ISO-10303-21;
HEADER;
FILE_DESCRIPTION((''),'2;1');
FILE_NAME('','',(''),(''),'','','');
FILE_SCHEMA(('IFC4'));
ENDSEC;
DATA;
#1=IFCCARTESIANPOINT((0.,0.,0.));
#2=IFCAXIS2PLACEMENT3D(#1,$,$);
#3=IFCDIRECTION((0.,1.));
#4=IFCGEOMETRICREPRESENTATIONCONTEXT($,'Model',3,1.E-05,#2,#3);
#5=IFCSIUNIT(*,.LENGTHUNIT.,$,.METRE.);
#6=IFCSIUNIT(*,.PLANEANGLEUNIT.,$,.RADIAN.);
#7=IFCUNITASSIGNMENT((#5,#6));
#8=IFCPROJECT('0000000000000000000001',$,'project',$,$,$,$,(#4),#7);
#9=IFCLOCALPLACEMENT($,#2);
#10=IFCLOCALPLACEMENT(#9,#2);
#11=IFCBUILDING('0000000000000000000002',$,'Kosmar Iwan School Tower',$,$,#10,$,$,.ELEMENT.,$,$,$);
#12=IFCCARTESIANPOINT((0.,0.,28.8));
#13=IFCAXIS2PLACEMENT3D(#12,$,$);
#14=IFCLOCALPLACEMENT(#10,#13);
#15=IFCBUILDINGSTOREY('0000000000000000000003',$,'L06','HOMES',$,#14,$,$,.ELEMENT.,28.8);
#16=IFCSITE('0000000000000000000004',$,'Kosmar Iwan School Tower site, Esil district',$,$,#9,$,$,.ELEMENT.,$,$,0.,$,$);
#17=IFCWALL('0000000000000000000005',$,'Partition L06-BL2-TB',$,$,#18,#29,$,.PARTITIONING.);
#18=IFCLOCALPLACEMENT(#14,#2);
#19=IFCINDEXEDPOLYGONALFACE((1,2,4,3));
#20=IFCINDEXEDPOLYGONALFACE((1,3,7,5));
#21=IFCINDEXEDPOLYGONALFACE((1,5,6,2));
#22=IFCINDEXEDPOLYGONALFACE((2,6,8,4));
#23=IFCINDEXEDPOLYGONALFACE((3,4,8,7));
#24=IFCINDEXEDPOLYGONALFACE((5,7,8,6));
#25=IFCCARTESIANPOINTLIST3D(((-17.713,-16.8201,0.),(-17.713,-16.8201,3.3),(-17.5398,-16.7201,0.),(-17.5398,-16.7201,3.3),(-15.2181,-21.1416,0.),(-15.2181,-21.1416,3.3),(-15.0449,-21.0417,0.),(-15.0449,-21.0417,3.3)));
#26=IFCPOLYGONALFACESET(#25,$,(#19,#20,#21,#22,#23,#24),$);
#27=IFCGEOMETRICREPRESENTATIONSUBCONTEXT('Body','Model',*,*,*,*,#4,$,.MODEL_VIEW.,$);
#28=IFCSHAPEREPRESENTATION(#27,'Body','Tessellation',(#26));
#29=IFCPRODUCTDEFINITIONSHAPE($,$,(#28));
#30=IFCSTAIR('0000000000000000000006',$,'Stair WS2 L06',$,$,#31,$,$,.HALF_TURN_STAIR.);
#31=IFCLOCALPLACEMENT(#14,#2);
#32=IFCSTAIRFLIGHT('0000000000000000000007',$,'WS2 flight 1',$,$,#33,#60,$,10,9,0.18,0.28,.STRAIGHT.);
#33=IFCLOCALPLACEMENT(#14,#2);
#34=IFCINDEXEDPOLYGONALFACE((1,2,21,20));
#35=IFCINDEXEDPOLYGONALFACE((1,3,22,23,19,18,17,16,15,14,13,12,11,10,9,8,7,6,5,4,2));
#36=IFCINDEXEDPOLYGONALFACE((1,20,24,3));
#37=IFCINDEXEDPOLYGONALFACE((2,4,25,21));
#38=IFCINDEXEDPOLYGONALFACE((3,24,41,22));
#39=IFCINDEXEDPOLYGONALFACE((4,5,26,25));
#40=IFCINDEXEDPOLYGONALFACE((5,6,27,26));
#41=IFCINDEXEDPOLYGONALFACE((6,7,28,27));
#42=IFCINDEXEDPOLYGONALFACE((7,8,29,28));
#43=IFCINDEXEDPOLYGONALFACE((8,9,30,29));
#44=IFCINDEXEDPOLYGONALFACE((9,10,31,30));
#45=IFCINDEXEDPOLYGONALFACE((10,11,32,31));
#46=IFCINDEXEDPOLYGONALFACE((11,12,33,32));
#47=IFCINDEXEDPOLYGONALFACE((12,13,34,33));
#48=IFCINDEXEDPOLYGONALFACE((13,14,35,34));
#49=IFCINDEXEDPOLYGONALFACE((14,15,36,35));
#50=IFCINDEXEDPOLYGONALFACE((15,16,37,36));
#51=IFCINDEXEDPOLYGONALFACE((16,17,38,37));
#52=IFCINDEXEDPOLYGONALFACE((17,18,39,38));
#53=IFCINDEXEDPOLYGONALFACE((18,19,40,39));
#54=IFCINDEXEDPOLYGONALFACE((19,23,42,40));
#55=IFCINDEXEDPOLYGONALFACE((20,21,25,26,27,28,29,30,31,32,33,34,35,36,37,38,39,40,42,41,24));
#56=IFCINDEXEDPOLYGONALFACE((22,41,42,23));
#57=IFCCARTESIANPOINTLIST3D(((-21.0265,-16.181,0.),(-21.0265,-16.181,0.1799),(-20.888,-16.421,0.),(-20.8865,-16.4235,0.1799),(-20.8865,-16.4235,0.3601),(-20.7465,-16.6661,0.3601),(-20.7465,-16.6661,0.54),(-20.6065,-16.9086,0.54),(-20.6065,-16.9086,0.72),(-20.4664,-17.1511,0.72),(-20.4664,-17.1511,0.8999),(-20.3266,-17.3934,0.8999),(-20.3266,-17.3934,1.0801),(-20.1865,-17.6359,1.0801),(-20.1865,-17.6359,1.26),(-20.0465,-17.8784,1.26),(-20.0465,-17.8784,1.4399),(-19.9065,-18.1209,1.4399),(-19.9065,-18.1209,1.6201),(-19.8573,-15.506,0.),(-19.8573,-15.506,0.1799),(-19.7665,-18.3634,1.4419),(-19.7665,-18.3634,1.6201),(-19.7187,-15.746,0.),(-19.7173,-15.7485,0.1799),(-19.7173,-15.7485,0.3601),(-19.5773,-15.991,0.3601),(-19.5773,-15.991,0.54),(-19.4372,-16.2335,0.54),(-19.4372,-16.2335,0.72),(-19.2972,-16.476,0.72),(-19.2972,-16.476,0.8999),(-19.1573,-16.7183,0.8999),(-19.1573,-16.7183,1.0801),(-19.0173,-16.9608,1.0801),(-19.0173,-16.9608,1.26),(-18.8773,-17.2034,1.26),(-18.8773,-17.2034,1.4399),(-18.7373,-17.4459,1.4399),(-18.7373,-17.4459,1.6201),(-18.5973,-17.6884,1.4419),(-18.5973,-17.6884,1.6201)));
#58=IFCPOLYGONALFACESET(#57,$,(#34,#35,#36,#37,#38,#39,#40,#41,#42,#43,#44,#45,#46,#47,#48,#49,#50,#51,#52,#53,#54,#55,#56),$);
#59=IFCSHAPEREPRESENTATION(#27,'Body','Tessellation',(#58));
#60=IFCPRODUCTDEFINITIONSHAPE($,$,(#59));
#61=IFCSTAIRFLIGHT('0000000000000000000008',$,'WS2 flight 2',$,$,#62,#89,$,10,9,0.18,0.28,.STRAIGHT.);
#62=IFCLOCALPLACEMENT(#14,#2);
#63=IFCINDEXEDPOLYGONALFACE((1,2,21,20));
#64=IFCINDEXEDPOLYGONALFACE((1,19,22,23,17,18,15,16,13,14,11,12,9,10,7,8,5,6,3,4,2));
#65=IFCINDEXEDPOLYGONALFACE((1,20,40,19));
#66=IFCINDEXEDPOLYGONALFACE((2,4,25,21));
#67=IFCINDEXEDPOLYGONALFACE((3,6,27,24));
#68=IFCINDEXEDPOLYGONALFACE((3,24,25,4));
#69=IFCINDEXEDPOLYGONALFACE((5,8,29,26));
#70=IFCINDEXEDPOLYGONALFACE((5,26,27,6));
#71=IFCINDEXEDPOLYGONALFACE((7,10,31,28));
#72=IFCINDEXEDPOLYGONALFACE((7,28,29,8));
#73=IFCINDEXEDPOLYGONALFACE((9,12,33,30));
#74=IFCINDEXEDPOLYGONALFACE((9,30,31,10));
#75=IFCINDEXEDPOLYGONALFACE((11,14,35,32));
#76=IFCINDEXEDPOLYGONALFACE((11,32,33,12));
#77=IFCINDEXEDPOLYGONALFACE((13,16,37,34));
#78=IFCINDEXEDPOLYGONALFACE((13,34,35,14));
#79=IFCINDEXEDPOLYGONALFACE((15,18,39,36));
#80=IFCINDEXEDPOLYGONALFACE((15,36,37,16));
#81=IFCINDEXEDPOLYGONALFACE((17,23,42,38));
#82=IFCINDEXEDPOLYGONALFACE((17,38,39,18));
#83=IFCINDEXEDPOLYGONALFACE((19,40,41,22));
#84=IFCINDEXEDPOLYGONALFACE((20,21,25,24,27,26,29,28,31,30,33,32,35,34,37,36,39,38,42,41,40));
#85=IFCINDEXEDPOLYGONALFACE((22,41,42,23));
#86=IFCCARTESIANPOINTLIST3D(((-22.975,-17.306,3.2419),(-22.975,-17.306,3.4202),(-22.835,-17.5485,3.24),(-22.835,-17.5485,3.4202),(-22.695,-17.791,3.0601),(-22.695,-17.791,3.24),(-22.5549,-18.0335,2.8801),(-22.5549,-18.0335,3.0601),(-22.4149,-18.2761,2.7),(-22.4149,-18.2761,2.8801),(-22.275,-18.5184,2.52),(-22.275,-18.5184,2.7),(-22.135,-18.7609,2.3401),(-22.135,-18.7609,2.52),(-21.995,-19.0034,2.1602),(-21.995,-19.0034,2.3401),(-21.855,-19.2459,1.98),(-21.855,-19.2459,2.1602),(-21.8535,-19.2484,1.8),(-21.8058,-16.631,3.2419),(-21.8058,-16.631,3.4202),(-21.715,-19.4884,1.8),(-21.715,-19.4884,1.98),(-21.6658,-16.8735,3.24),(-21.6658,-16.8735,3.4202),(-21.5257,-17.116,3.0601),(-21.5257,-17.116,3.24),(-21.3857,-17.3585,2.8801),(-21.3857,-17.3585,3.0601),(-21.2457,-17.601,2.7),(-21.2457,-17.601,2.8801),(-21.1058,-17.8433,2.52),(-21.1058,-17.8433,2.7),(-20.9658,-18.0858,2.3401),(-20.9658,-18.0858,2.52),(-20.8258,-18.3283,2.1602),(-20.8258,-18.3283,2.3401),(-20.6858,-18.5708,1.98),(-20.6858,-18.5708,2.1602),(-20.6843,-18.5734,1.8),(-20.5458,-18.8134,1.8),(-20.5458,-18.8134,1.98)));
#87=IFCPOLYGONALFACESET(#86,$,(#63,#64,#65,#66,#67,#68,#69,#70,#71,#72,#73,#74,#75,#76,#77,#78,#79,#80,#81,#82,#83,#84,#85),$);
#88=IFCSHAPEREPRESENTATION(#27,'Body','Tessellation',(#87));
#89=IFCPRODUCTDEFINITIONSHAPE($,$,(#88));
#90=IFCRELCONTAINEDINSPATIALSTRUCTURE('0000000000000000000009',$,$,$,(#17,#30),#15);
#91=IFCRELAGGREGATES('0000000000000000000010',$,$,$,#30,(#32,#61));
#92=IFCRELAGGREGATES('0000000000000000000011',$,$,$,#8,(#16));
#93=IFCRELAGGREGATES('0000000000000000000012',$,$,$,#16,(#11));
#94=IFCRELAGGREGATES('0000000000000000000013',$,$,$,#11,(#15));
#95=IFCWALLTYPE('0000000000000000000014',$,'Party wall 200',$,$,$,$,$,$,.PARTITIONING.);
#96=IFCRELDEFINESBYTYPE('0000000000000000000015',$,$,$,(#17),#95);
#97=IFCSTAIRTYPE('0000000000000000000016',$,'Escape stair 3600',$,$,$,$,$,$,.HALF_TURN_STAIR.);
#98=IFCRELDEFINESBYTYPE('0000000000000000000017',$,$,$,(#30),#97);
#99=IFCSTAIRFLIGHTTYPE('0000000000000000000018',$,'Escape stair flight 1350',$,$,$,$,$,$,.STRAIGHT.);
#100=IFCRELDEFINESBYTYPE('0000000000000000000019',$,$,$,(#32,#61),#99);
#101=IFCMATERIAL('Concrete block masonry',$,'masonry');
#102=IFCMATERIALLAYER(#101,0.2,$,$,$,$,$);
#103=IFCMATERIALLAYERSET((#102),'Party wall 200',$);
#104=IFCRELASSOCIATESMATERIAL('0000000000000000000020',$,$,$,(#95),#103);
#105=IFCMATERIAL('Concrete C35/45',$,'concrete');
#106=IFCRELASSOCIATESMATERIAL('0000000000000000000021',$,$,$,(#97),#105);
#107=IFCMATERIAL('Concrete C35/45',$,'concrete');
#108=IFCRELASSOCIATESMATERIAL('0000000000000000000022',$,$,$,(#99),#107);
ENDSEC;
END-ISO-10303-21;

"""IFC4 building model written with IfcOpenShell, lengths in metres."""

from ifc_helpers import new_model, si_unit, direction, frame, frame_2d, origin, place, context, subcontext, project, spatial, polyline, rectangle, outline, extrude, material, layer, layer_set, type_object, element, aggregate, save


model = new_model("IFC4")

# Units and contexts
model_context = context("Model", 3, precision=1e-05, world=origin(), true_north=direction((0.0, 1.0)))
body_context = subcontext(model_context, "Body", "Model", "MODEL_VIEW")
ifc_project = project(units=[si_unit("LENGTHUNIT", "METRE"), si_unit("PLANEANGLEUNIT", "RADIAN")], contexts=[model_context])

# Site, building, storey
site_placement = place(None, origin())
site = spatial("IfcSite", under=ifc_project, at=site_placement, Name="Kosmar Iwan School Tower site, Esil district", CompositionType="ELEMENT", RefElevation=0.0)
building_placement = place(site_placement, origin())
building = spatial("IfcBuilding", under=site, at=building_placement, Name="Kosmar Iwan School Tower", CompositionType="ELEMENT")
storey_placement = place(building_placement, frame((0.0, 0.0, 28.8)))
storey = spatial("IfcBuildingStorey", under=building, at=storey_placement, Name="L06", Description="HOMES", CompositionType="ELEMENT", Elevation=28.8)

# Wall
ifc_material_1 = material(Name="Concrete block masonry", Category="masonry")
ifc_layer_1 = layer(ifc_material_1, 0.2)
ifc_layer_set_1 = layer_set([ifc_layer_1], Name="Party wall 200")
wall_type_1 = type_object("IfcWallType", Name="Party wall 200", PredefinedType="PARTITIONING", material=ifc_layer_set_1)
wall_1_placement = place(storey_placement, frame((-17.6265, -16.77, 0.0), z_axis=(0.0, 0.0, 1.0), x_axis=(0.499975, -0.86604, 0.0)))
element("IfcWall", 1, at=wall_1_placement, inside=storey, type_object=wall_type_1, Name="Partition L06-BL2-TB", PredefinedType="PARTITIONING", context=body_context, shape_type="SweptSolid", body=[
    extrude(rectangle(XDim=4.99, YDim=0.2, at=frame_2d((2.4951, 0.0))), origin(), (0.0, 0.0, 1.0), 3.3),
])

# Stair, stair flights
ifc_material_2 = material(Name="Concrete C35/45", Category="concrete")
stair_type = type_object("IfcStairType", Name="Escape stair 3600", PredefinedType="HALF_TURN_STAIR", material=ifc_material_2)
stair_placement = place(storey_placement, origin())
stair = element("IfcStair", 2, at=stair_placement, inside=storey, type_object=stair_type, Name="Stair WS2 L06", PredefinedType="HALF_TURN_STAIR")
ifc_material_3 = material(Name="Concrete C35/45", Category="concrete")
stair_flight_type = type_object("IfcStairFlightType", Name="Escape stair flight 1350", PredefinedType="STRAIGHT", material=ifc_material_3)
stair_flight_1_placement = place(storey_placement, frame((-20.4419, -15.8435, 0.0), z_axis=(0.0, 0.0, 1.0), x_axis=(0.5, -0.866025, 0.0)))
stair_flight_1 = element("IfcStairFlight", 3, at=stair_flight_1_placement, type_object=stair_flight_type, Name="WS2 flight 1", NumberOfRisers=10, NumberOfTreads=9, PredefinedType="STRAIGHT", RiserHeight=0.18, TreadLength=0.28, context=body_context, shape_type="SweptSolid", body=[
    extrude(outline(polyline([(0.0, 0.0), (0.0, 0.1799), (0.28, 0.1799), (0.28, 0.3601), (0.5601, 0.3601), (0.5601, 0.54), (0.8401, 0.54), (0.8401, 0.72), (1.1201, 0.72), (1.1201, 0.8999), (1.3999, 0.8999), (1.3999, 1.0801), (1.6799, 1.0801), (1.6799, 1.26), (1.96, 1.26), (1.96, 1.4399), (2.24, 1.4399), (2.24, 1.6201), (2.52, 1.6201), (2.52, 1.8), (2.52, 1.4419), (0.2771, 0.0), (0.0, 0.0)])), frame((0.0, 0.675, 0.0), z_axis=(0.0, -1.0, 0.0), x_axis=(1.0, 0.0, 0.0)), (0.0, 0.0, 1.0), 1.3501),
])
stair_flight_2_placement = place(storey_placement, frame((-21.1304, -19.1509, 1.8), z_axis=(0.0, 0.0, 1.0), x_axis=(-0.5, 0.866025, 0.0)))
stair_flight_2 = element("IfcStairFlight", 4, at=stair_flight_2_placement, type_object=stair_flight_type, Name="WS2 flight 2", NumberOfRisers=10, NumberOfTreads=9, PredefinedType="STRAIGHT", RiserHeight=0.18, TreadLength=0.28, context=body_context, shape_type="SweptSolid", body=[
    extrude(outline(polyline([(0.0, 0.0), (0.0, 0.1799), (0.28, 0.1799), (0.28, 0.3601), (0.5601, 0.3601), (0.5601, 0.54), (0.8401, 0.54), (0.8401, 0.72), (1.1201, 0.72), (1.1201, 0.8999), (1.3999, 0.8999), (1.3999, 1.0801), (1.6799, 1.0801), (1.6799, 1.26), (1.96, 1.26), (1.96, 1.4399), (2.24, 1.4399), (2.24, 1.6201), (2.52, 1.6201), (2.52, 1.8), (2.52, 1.4419), (0.2771, 0.0), (0.0, 0.0)])), frame((0.0, 0.675, 0.0), z_axis=(0.0, -1.0, 0.0), x_axis=(1.0, 0.0, 0.0)), (0.0, 0.0, 1.0), 1.3501),
])
aggregate(stair, [stair_flight_1, stair_flight_2])

save(model, "model.ifc")
